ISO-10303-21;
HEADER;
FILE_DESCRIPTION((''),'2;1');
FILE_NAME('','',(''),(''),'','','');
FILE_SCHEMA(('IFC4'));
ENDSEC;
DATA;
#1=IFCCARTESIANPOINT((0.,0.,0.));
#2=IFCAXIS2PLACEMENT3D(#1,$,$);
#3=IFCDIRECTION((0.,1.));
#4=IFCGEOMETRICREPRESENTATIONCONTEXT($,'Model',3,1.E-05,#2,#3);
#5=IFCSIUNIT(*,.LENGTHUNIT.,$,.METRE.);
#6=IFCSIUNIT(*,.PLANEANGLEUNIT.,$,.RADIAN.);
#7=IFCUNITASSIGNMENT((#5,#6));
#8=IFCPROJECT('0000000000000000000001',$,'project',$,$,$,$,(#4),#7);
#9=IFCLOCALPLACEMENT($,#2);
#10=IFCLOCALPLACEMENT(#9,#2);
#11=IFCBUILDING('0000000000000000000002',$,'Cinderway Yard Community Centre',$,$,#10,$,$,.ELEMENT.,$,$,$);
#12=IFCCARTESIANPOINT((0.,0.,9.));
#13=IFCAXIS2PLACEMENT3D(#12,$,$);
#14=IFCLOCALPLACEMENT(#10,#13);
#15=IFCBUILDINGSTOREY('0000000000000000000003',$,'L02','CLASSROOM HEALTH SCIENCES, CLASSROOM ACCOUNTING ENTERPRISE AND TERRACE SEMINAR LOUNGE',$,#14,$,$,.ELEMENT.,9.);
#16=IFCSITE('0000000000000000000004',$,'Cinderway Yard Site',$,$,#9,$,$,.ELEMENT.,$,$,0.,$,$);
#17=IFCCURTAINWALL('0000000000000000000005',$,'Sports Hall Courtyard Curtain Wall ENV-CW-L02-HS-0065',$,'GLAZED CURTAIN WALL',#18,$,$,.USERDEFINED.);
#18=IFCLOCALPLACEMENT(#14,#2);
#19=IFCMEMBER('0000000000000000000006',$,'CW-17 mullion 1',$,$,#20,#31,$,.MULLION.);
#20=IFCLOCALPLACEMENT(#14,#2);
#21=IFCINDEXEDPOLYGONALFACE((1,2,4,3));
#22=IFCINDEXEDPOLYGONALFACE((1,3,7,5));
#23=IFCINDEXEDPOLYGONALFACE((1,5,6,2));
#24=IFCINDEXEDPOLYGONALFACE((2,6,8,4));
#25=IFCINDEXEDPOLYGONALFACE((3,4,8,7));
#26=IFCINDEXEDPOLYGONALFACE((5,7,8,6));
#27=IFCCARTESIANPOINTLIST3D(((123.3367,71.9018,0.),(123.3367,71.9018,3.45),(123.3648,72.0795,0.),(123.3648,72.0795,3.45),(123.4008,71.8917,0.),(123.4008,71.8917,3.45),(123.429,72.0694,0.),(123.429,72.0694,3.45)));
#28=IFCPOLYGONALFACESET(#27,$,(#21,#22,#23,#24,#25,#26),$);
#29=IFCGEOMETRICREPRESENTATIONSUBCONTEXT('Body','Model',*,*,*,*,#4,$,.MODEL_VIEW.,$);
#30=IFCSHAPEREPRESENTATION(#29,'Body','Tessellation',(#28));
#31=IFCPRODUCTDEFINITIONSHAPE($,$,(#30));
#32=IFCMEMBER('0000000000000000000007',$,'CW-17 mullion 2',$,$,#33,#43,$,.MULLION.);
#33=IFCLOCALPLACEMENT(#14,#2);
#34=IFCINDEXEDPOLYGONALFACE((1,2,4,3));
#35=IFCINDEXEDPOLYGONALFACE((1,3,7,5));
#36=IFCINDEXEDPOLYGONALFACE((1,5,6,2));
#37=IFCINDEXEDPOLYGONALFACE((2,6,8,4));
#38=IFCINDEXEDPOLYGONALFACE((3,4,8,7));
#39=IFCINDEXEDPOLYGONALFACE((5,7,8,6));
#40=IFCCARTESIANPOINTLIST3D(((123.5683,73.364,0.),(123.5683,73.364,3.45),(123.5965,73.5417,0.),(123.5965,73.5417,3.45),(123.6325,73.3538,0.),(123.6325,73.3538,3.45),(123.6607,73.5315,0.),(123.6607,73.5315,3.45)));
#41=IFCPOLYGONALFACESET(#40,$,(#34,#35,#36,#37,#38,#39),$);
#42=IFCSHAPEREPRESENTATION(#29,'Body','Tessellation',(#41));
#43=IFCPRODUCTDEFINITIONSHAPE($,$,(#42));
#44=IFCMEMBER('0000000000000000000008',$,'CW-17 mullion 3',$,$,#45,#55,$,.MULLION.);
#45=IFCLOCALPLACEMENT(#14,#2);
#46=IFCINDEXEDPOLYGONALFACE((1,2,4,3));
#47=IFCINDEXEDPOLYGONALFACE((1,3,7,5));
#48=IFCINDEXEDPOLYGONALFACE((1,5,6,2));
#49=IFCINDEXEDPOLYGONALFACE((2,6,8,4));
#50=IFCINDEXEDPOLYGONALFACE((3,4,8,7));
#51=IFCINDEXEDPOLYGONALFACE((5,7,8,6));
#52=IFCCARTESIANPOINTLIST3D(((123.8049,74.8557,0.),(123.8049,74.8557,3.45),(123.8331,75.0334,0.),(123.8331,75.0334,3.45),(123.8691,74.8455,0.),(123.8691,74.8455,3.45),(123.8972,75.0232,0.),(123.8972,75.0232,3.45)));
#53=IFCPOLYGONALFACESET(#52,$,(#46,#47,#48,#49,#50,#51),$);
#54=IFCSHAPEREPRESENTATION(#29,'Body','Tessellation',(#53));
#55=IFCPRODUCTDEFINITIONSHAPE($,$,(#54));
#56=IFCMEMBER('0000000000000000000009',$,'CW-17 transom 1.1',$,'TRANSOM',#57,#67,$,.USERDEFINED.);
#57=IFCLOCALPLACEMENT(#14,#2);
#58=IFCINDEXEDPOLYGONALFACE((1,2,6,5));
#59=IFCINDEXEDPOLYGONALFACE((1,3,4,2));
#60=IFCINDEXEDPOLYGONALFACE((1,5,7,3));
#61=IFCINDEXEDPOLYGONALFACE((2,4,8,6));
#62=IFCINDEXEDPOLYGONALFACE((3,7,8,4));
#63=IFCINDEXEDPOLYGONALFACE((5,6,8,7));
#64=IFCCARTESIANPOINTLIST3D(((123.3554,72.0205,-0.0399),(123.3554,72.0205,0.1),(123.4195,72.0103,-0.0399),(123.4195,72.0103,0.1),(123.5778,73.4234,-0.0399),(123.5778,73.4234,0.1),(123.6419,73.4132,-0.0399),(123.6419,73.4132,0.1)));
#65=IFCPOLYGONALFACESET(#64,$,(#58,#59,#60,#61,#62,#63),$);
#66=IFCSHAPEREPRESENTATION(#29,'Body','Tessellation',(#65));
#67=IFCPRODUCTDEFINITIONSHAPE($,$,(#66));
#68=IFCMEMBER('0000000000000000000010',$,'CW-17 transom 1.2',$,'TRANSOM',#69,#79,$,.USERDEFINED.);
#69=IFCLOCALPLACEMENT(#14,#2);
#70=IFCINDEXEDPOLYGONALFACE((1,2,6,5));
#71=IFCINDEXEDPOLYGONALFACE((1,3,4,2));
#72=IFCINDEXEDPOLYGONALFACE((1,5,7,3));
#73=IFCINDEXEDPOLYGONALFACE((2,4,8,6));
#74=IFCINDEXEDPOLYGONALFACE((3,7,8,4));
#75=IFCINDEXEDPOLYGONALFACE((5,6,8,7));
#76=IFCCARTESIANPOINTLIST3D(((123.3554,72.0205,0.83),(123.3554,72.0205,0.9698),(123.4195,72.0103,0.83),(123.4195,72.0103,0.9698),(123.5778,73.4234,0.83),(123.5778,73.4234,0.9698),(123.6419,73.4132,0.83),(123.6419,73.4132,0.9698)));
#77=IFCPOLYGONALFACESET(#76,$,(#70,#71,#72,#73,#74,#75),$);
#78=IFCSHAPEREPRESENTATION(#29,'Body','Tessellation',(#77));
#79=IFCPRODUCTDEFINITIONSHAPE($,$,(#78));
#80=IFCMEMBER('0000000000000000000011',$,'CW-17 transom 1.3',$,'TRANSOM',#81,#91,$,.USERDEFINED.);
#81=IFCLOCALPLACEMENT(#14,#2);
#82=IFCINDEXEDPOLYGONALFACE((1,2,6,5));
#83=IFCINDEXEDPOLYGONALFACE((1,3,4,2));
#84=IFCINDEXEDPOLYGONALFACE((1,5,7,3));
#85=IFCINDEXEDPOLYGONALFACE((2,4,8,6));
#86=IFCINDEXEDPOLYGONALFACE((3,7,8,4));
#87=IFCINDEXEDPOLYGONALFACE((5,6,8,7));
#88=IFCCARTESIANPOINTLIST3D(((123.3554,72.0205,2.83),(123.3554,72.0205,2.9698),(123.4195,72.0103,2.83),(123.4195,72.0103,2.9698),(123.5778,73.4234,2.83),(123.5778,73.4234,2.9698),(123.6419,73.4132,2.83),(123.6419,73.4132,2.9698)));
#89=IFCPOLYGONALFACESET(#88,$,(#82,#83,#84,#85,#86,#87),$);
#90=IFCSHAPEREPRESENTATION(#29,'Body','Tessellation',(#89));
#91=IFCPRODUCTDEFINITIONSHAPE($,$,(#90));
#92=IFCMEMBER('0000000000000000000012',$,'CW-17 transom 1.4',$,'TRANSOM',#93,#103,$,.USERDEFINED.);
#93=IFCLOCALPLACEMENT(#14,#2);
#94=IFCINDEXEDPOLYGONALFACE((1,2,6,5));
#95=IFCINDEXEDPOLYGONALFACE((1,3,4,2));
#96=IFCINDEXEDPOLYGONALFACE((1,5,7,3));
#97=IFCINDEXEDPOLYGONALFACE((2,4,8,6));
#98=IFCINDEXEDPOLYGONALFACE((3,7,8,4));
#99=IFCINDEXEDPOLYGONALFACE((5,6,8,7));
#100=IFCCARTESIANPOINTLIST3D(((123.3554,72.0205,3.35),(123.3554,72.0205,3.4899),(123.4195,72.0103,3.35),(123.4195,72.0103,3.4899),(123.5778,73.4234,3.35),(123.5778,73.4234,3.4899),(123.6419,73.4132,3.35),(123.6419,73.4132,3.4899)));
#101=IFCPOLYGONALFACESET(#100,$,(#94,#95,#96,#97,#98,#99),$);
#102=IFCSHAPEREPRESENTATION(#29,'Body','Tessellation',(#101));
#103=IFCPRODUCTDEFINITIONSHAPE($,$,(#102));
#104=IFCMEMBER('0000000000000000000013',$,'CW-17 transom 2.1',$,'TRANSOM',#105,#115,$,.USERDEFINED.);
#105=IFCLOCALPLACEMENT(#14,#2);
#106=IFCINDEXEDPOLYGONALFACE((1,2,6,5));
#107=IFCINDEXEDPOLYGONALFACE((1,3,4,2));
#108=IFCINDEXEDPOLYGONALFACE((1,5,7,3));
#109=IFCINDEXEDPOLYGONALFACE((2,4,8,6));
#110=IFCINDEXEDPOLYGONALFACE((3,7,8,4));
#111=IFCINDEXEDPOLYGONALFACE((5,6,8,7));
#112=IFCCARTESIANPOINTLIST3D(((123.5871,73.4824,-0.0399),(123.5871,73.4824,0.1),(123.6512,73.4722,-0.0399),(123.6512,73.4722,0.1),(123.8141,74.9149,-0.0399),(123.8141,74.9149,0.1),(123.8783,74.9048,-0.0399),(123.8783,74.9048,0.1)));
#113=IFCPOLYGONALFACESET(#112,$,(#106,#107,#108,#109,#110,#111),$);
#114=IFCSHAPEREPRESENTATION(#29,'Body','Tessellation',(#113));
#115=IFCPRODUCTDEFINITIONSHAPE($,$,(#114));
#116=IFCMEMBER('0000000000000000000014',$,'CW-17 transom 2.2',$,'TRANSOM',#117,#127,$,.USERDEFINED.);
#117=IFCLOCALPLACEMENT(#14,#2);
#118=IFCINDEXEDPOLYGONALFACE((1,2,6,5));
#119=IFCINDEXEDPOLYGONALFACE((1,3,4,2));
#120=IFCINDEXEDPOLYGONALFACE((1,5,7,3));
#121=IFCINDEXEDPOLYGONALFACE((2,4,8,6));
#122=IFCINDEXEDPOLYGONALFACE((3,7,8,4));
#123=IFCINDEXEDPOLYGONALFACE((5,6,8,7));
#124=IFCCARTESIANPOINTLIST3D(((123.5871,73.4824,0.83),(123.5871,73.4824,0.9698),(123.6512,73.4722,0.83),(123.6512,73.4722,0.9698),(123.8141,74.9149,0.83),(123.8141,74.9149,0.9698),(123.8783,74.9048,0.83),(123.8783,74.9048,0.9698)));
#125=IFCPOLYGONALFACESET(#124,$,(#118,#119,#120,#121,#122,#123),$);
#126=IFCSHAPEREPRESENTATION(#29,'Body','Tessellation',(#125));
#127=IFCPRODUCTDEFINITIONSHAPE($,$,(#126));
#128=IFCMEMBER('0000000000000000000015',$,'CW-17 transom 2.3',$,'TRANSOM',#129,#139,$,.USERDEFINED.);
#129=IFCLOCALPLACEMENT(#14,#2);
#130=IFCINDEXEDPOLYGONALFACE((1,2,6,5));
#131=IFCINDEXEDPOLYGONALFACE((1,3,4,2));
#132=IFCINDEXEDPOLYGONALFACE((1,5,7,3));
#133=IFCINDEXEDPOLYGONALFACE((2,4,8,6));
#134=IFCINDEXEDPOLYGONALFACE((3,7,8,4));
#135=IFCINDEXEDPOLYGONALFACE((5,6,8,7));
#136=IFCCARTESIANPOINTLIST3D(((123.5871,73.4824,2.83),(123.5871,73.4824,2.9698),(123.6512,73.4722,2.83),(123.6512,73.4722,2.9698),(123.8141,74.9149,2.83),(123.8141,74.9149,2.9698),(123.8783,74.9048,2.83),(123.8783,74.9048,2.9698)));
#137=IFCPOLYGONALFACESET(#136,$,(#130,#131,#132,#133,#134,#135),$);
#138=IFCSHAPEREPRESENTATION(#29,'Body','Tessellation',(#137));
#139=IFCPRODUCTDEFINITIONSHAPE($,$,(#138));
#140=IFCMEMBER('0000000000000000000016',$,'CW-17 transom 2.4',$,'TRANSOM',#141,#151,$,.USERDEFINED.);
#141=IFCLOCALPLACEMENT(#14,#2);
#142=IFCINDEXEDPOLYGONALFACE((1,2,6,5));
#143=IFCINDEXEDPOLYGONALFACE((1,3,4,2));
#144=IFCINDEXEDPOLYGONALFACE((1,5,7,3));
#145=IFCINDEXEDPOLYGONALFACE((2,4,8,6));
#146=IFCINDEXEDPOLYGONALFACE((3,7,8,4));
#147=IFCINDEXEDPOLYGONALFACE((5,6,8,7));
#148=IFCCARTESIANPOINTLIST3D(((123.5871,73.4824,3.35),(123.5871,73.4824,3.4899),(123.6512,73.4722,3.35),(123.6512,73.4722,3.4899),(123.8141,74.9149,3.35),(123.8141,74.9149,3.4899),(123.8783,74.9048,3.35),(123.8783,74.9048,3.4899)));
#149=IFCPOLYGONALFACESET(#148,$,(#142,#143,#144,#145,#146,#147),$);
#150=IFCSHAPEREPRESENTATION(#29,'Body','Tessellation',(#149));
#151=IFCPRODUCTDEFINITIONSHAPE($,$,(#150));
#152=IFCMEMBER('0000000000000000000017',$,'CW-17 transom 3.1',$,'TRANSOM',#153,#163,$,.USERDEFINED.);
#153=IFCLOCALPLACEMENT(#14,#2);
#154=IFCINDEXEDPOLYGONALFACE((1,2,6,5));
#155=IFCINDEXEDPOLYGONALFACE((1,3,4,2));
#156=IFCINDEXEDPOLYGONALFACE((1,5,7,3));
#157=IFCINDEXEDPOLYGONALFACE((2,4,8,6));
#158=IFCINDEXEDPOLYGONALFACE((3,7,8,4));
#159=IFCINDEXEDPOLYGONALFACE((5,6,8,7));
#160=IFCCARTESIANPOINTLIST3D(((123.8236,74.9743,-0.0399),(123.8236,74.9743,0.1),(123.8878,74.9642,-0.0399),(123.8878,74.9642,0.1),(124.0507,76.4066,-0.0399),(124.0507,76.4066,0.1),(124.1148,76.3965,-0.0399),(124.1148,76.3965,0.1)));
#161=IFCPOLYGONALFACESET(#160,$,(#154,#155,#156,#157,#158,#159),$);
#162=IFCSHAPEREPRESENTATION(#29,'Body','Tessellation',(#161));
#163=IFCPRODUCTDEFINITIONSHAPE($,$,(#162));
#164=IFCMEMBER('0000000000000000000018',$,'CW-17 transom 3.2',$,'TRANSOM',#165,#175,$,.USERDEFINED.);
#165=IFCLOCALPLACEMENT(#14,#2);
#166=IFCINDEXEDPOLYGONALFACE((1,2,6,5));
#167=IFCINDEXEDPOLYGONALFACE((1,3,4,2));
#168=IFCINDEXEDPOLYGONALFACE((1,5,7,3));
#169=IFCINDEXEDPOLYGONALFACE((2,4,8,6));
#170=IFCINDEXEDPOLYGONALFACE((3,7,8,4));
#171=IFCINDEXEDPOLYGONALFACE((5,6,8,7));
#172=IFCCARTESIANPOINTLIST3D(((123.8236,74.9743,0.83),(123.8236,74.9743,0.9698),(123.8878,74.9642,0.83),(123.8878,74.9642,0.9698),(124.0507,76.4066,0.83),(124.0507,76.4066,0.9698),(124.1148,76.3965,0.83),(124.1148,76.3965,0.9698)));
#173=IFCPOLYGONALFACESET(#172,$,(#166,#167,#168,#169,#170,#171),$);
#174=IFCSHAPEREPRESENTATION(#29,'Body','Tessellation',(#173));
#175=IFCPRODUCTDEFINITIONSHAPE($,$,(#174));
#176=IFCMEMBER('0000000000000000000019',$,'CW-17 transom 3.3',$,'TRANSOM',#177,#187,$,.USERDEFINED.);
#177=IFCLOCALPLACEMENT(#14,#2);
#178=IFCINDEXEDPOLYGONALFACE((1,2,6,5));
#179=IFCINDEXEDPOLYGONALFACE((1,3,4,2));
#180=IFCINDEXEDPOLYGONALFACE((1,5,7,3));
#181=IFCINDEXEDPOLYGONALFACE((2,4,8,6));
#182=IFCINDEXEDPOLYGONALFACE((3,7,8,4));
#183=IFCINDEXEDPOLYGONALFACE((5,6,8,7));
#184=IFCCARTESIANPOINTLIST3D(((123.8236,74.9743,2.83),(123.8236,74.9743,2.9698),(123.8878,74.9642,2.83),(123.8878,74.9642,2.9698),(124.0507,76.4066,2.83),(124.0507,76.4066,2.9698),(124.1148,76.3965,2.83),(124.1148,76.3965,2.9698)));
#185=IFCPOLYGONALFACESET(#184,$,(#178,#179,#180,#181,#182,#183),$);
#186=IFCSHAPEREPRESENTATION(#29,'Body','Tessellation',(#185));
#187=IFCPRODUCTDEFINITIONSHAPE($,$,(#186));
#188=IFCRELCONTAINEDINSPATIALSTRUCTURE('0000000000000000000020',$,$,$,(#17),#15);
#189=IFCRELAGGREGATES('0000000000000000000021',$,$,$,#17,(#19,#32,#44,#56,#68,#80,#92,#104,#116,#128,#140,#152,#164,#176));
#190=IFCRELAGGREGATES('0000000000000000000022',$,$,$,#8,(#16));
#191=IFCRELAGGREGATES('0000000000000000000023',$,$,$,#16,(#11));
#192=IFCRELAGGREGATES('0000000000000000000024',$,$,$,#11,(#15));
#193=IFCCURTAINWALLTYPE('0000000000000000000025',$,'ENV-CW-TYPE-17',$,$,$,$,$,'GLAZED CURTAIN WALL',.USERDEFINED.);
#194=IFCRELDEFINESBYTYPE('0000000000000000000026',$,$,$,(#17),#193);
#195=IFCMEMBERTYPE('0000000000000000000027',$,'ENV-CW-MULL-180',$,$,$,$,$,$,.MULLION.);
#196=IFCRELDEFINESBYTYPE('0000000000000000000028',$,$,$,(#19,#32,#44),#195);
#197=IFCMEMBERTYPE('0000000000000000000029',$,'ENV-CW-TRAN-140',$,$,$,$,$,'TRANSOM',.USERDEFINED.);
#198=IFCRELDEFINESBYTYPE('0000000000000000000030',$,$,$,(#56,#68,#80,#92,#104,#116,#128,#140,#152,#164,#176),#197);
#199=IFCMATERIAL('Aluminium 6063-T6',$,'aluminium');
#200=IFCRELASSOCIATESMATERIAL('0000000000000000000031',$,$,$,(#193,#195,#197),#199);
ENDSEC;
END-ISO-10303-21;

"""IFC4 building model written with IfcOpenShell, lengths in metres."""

from ifc_helpers import new_model, si_unit, direction, frame, origin, origin_2d, place, context, subcontext, project, spatial, rectangle, extrude, material, material_profile, profile_set, type_object, element, aggregate, save


model = new_model("IFC4")

# Units and contexts
model_context = context("Model", 3, precision=1e-05, world=origin(), true_north=direction((0.0, 1.0)))
body_context = subcontext(model_context, "Body", "Model", "MODEL_VIEW")
ifc_project = project(units=[si_unit("LENGTHUNIT", "METRE"), si_unit("PLANEANGLEUNIT", "RADIAN")], contexts=[model_context])

# Site, building, storey
site_placement = place(None, origin())
site = spatial("IfcSite", under=ifc_project, at=site_placement, Name="Cinderway Yard Site", CompositionType="ELEMENT", RefElevation=0.0)
building_placement = place(site_placement, origin())
building = spatial("IfcBuilding", under=site, at=building_placement, Name="Cinderway Yard Community Centre", CompositionType="ELEMENT")
storey_placement = place(building_placement, frame((0.0, 0.0, 9.0)))
storey = spatial("IfcBuildingStorey", under=building, at=storey_placement, Name="L02", Description="CLASSROOM HEALTH SCIENCES, CLASSROOM ACCOUNTING ENTERPRISE AND TERRACE SEMINAR LOUNGE", CompositionType="ELEMENT", Elevation=9.0)

# Curtain wall, members
ifc_material_1 = material(Name="Aluminium 6063-T6", Category="aluminium")
curtain_wall_type = type_object("IfcCurtainWallType", Name="ENV-CW-TYPE-17", ElementType="GLAZED CURTAIN WALL", PredefinedType="USERDEFINED", material=ifc_material_1)
curtain_wall_placement = place(storey_placement, origin())
curtain_wall = element("IfcCurtainWall", 1, at=curtain_wall_placement, inside=storey, type_object=curtain_wall_type, Name="Sports Hall Courtyard Curtain Wall ENV-CW-L02-HS-0065", ObjectType="GLAZED CURTAIN WALL", PredefinedType="USERDEFINED")
ifc_material_profile_1 = material_profile(ifc_material_1, rectangle(XDim=0.0649, YDim=0.1799, at=origin_2d()), Name="Aluminium 6063-T6")
ifc_profile_set_1 = profile_set([ifc_material_profile_1], Name="Aluminium 6063-T6")
member_type_1 = type_object("IfcMemberType", Name="ENV-CW-MULL-180", PredefinedType="MULLION", material=ifc_profile_set_1)
member_1_placement = place(storey_placement, frame((123.3828, 71.9856, 0.0), z_axis=(0.0, 0.0, 1.0), x_axis=(-0.987665, 0.156583, 0.0)))
member_1 = element("IfcMember", 2, at=member_1_placement, type_object=member_type_1, Name="CW-17 mullion 1", PredefinedType="MULLION", context=body_context, shape_type="SweptSolid", body=[
    extrude(rectangle(XDim=0.0649, YDim=0.1799, at=origin_2d()), origin(), (0.0, 0.0, 1.0), 3.45),
])
member_2_placement = place(storey_placement, frame((123.6145, 73.4478, 0.0), z_axis=(0.0, 0.0, 1.0), x_axis=(-0.987665, 0.156583, 0.0)))
member_2 = element("IfcMember", 3, at=member_2_placement, type_object=member_type_1, Name="CW-17 mullion 2", PredefinedType="MULLION", context=body_context, shape_type="SweptSolid", body=[
    extrude(rectangle(XDim=0.0649, YDim=0.1799, at=origin_2d()), origin(), (0.0, 0.0, 1.0), 3.45),
])
member_3_placement = place(storey_placement, frame((123.8511, 74.9395, 0.0), z_axis=(0.0, 0.0, 1.0), x_axis=(-0.987665, 0.156583, 0.0)))
member_3 = element("IfcMember", 4, at=member_3_placement, type_object=member_type_1, Name="CW-17 mullion 3", PredefinedType="MULLION", context=body_context, shape_type="SweptSolid", body=[
    extrude(rectangle(XDim=0.0649, YDim=0.1799, at=origin_2d()), origin(), (0.0, 0.0, 1.0), 3.45),
])
ifc_material_profile_2 = material_profile(ifc_material_1, rectangle(XDim=0.0649, YDim=0.1399, at=origin_2d()), Name="Aluminium 6063-T6")
ifc_profile_set_2 = profile_set([ifc_material_profile_2], Name="Aluminium 6063-T6")
member_type_2 = type_object("IfcMemberType", Name="ENV-CW-TRAN-140", ElementType="TRANSOM", PredefinedType="USERDEFINED", material=ifc_profile_set_2)
member_4_placement = place(storey_placement, frame((123.3875, 72.0154, 0.03), z_axis=(0.156589, 0.987664, 0.0), x_axis=(-0.987664, 0.156589, 0.0)))
member_4 = element("IfcMember", 5, at=member_4_placement, type_object=member_type_2, Name="CW-17 transom 1.1", ObjectType="TRANSOM", PredefinedType="USERDEFINED", context=body_context, shape_type="SweptSolid", body=[
    extrude(rectangle(XDim=0.0649, YDim=0.1399, at=origin_2d()), origin(), (0.0, 0.0, 1.0), 1.4204),
])
member_5_placement = place(storey_placement, frame((123.3875, 72.0154, 0.8999), z_axis=(0.156589, 0.987664, 0.0), x_axis=(-0.987664, 0.156589, 0.0)))
member_5 = element("IfcMember", 6, at=member_5_placement, type_object=member_type_2, Name="CW-17 transom 1.2", ObjectType="TRANSOM", PredefinedType="USERDEFINED", context=body_context, shape_type="SweptSolid", body=[
    extrude(rectangle(XDim=0.0649, YDim=0.1399, at=origin_2d()), origin(), (0.0, 0.0, 1.0), 1.4204),
])
member_6_placement = place(storey_placement, frame((123.3875, 72.0154, 2.8999), z_axis=(0.156589, 0.987664, 0.0), x_axis=(-0.987664, 0.156589, 0.0)))
member_6 = element("IfcMember", 7, at=member_6_placement, type_object=member_type_2, Name="CW-17 transom 1.3", ObjectType="TRANSOM", PredefinedType="USERDEFINED", context=body_context, shape_type="SweptSolid", body=[
    extrude(rectangle(XDim=0.0649, YDim=0.1399, at=origin_2d()), origin(), (0.0, 0.0, 1.0), 1.4204),
])
member_7_placement = place(storey_placement, frame((123.3875, 72.0154, 3.4199), z_axis=(0.156589, 0.987664, 0.0), x_axis=(-0.987664, 0.156589, 0.0)))
member_7 = element("IfcMember", 8, at=member_7_placement, type_object=member_type_2, Name="CW-17 transom 1.4", ObjectType="TRANSOM", PredefinedType="USERDEFINED", context=body_context, shape_type="SweptSolid", body=[
    extrude(rectangle(XDim=0.0649, YDim=0.1399, at=origin_2d()), origin(), (0.0, 0.0, 1.0), 1.4204),
])
member_8_placement = place(storey_placement, frame((123.6191, 73.4773, 0.03), z_axis=(0.156533, 0.987673, 0.0), x_axis=(-0.987673, 0.156533, 0.0)))
member_8 = element("IfcMember", 9, at=member_8_placement, type_object=member_type_2, Name="CW-17 transom 2.1", ObjectType="TRANSOM", PredefinedType="USERDEFINED", context=body_context, shape_type="SweptSolid", body=[
    extrude(rectangle(XDim=0.0649, YDim=0.1399, at=origin_2d()), origin(), (0.0, 0.0, 1.0), 1.4504),
])
member_9_placement = place(storey_placement, frame((123.6191, 73.4773, 0.8999), z_axis=(0.156533, 0.987673, 0.0), x_axis=(-0.987673, 0.156533, 0.0)))
member_9 = element("IfcMember", 10, at=member_9_placement, type_object=member_type_2, Name="CW-17 transom 2.2", ObjectType="TRANSOM", PredefinedType="USERDEFINED", context=body_context, shape_type="SweptSolid", body=[
    extrude(rectangle(XDim=0.0649, YDim=0.1399, at=origin_2d()), origin(), (0.0, 0.0, 1.0), 1.4504),
])
member_10_placement = place(storey_placement, frame((123.6191, 73.4773, 2.8999), z_axis=(0.156533, 0.987673, 0.0), x_axis=(-0.987673, 0.156533, 0.0)))
member_10 = element("IfcMember", 11, at=member_10_placement, type_object=member_type_2, Name="CW-17 transom 2.3", ObjectType="TRANSOM", PredefinedType="USERDEFINED", context=body_context, shape_type="SweptSolid", body=[
    extrude(rectangle(XDim=0.0649, YDim=0.1399, at=origin_2d()), origin(), (0.0, 0.0, 1.0), 1.4504),
])
member_11_placement = place(storey_placement, frame((123.6191, 73.4773, 3.4199), z_axis=(0.156533, 0.987673, 0.0), x_axis=(-0.987673, 0.156533, 0.0)))
member_11 = element("IfcMember", 12, at=member_11_placement, type_object=member_type_2, Name="CW-17 transom 2.4", ObjectType="TRANSOM", PredefinedType="USERDEFINED", context=body_context, shape_type="SweptSolid", body=[
    extrude(rectangle(XDim=0.0649, YDim=0.1399, at=origin_2d()), origin(), (0.0, 0.0, 1.0), 1.4504),
])
member_12_placement = place(storey_placement, frame((123.8557, 74.9692, 0.03), z_axis=(0.156559, 0.987669, 0.0), x_axis=(-0.987669, 0.156559, 0.0)))
member_12 = element("IfcMember", 13, at=member_12_placement, type_object=member_type_2, Name="CW-17 transom 3.1", ObjectType="TRANSOM", PredefinedType="USERDEFINED", context=body_context, shape_type="SweptSolid", body=[
    extrude(rectangle(XDim=0.0649, YDim=0.1399, at=origin_2d()), origin(), (0.0, 0.0, 1.0), 1.4502),
])
member_13_placement = place(storey_placement, frame((123.8557, 74.9692, 0.8999), z_axis=(0.156559, 0.987669, 0.0), x_axis=(-0.987669, 0.156559, 0.0)))
member_13 = element("IfcMember", 14, at=member_13_placement, type_object=member_type_2, Name="CW-17 transom 3.2", ObjectType="TRANSOM", PredefinedType="USERDEFINED", context=body_context, shape_type="SweptSolid", body=[
    extrude(rectangle(XDim=0.0649, YDim=0.1399, at=origin_2d()), origin(), (0.0, 0.0, 1.0), 1.4502),
])
member_14_placement = place(storey_placement, frame((123.8557, 74.9692, 2.8999), z_axis=(0.156559, 0.987669, 0.0), x_axis=(-0.987669, 0.156559, 0.0)))
member_14 = element("IfcMember", 15, at=member_14_placement, type_object=member_type_2, Name="CW-17 transom 3.3", ObjectType="TRANSOM", PredefinedType="USERDEFINED", context=body_context, shape_type="SweptSolid", body=[
    extrude(rectangle(XDim=0.0649, YDim=0.1399, at=origin_2d()), origin(), (0.0, 0.0, 1.0), 1.4502),
])

aggregate(curtain_wall, [member_1, member_2, member_3, member_4, member_5, member_6, member_7, member_8, member_9, member_10, member_11, member_12, member_13, member_14])

save(model, "model.ifc")
